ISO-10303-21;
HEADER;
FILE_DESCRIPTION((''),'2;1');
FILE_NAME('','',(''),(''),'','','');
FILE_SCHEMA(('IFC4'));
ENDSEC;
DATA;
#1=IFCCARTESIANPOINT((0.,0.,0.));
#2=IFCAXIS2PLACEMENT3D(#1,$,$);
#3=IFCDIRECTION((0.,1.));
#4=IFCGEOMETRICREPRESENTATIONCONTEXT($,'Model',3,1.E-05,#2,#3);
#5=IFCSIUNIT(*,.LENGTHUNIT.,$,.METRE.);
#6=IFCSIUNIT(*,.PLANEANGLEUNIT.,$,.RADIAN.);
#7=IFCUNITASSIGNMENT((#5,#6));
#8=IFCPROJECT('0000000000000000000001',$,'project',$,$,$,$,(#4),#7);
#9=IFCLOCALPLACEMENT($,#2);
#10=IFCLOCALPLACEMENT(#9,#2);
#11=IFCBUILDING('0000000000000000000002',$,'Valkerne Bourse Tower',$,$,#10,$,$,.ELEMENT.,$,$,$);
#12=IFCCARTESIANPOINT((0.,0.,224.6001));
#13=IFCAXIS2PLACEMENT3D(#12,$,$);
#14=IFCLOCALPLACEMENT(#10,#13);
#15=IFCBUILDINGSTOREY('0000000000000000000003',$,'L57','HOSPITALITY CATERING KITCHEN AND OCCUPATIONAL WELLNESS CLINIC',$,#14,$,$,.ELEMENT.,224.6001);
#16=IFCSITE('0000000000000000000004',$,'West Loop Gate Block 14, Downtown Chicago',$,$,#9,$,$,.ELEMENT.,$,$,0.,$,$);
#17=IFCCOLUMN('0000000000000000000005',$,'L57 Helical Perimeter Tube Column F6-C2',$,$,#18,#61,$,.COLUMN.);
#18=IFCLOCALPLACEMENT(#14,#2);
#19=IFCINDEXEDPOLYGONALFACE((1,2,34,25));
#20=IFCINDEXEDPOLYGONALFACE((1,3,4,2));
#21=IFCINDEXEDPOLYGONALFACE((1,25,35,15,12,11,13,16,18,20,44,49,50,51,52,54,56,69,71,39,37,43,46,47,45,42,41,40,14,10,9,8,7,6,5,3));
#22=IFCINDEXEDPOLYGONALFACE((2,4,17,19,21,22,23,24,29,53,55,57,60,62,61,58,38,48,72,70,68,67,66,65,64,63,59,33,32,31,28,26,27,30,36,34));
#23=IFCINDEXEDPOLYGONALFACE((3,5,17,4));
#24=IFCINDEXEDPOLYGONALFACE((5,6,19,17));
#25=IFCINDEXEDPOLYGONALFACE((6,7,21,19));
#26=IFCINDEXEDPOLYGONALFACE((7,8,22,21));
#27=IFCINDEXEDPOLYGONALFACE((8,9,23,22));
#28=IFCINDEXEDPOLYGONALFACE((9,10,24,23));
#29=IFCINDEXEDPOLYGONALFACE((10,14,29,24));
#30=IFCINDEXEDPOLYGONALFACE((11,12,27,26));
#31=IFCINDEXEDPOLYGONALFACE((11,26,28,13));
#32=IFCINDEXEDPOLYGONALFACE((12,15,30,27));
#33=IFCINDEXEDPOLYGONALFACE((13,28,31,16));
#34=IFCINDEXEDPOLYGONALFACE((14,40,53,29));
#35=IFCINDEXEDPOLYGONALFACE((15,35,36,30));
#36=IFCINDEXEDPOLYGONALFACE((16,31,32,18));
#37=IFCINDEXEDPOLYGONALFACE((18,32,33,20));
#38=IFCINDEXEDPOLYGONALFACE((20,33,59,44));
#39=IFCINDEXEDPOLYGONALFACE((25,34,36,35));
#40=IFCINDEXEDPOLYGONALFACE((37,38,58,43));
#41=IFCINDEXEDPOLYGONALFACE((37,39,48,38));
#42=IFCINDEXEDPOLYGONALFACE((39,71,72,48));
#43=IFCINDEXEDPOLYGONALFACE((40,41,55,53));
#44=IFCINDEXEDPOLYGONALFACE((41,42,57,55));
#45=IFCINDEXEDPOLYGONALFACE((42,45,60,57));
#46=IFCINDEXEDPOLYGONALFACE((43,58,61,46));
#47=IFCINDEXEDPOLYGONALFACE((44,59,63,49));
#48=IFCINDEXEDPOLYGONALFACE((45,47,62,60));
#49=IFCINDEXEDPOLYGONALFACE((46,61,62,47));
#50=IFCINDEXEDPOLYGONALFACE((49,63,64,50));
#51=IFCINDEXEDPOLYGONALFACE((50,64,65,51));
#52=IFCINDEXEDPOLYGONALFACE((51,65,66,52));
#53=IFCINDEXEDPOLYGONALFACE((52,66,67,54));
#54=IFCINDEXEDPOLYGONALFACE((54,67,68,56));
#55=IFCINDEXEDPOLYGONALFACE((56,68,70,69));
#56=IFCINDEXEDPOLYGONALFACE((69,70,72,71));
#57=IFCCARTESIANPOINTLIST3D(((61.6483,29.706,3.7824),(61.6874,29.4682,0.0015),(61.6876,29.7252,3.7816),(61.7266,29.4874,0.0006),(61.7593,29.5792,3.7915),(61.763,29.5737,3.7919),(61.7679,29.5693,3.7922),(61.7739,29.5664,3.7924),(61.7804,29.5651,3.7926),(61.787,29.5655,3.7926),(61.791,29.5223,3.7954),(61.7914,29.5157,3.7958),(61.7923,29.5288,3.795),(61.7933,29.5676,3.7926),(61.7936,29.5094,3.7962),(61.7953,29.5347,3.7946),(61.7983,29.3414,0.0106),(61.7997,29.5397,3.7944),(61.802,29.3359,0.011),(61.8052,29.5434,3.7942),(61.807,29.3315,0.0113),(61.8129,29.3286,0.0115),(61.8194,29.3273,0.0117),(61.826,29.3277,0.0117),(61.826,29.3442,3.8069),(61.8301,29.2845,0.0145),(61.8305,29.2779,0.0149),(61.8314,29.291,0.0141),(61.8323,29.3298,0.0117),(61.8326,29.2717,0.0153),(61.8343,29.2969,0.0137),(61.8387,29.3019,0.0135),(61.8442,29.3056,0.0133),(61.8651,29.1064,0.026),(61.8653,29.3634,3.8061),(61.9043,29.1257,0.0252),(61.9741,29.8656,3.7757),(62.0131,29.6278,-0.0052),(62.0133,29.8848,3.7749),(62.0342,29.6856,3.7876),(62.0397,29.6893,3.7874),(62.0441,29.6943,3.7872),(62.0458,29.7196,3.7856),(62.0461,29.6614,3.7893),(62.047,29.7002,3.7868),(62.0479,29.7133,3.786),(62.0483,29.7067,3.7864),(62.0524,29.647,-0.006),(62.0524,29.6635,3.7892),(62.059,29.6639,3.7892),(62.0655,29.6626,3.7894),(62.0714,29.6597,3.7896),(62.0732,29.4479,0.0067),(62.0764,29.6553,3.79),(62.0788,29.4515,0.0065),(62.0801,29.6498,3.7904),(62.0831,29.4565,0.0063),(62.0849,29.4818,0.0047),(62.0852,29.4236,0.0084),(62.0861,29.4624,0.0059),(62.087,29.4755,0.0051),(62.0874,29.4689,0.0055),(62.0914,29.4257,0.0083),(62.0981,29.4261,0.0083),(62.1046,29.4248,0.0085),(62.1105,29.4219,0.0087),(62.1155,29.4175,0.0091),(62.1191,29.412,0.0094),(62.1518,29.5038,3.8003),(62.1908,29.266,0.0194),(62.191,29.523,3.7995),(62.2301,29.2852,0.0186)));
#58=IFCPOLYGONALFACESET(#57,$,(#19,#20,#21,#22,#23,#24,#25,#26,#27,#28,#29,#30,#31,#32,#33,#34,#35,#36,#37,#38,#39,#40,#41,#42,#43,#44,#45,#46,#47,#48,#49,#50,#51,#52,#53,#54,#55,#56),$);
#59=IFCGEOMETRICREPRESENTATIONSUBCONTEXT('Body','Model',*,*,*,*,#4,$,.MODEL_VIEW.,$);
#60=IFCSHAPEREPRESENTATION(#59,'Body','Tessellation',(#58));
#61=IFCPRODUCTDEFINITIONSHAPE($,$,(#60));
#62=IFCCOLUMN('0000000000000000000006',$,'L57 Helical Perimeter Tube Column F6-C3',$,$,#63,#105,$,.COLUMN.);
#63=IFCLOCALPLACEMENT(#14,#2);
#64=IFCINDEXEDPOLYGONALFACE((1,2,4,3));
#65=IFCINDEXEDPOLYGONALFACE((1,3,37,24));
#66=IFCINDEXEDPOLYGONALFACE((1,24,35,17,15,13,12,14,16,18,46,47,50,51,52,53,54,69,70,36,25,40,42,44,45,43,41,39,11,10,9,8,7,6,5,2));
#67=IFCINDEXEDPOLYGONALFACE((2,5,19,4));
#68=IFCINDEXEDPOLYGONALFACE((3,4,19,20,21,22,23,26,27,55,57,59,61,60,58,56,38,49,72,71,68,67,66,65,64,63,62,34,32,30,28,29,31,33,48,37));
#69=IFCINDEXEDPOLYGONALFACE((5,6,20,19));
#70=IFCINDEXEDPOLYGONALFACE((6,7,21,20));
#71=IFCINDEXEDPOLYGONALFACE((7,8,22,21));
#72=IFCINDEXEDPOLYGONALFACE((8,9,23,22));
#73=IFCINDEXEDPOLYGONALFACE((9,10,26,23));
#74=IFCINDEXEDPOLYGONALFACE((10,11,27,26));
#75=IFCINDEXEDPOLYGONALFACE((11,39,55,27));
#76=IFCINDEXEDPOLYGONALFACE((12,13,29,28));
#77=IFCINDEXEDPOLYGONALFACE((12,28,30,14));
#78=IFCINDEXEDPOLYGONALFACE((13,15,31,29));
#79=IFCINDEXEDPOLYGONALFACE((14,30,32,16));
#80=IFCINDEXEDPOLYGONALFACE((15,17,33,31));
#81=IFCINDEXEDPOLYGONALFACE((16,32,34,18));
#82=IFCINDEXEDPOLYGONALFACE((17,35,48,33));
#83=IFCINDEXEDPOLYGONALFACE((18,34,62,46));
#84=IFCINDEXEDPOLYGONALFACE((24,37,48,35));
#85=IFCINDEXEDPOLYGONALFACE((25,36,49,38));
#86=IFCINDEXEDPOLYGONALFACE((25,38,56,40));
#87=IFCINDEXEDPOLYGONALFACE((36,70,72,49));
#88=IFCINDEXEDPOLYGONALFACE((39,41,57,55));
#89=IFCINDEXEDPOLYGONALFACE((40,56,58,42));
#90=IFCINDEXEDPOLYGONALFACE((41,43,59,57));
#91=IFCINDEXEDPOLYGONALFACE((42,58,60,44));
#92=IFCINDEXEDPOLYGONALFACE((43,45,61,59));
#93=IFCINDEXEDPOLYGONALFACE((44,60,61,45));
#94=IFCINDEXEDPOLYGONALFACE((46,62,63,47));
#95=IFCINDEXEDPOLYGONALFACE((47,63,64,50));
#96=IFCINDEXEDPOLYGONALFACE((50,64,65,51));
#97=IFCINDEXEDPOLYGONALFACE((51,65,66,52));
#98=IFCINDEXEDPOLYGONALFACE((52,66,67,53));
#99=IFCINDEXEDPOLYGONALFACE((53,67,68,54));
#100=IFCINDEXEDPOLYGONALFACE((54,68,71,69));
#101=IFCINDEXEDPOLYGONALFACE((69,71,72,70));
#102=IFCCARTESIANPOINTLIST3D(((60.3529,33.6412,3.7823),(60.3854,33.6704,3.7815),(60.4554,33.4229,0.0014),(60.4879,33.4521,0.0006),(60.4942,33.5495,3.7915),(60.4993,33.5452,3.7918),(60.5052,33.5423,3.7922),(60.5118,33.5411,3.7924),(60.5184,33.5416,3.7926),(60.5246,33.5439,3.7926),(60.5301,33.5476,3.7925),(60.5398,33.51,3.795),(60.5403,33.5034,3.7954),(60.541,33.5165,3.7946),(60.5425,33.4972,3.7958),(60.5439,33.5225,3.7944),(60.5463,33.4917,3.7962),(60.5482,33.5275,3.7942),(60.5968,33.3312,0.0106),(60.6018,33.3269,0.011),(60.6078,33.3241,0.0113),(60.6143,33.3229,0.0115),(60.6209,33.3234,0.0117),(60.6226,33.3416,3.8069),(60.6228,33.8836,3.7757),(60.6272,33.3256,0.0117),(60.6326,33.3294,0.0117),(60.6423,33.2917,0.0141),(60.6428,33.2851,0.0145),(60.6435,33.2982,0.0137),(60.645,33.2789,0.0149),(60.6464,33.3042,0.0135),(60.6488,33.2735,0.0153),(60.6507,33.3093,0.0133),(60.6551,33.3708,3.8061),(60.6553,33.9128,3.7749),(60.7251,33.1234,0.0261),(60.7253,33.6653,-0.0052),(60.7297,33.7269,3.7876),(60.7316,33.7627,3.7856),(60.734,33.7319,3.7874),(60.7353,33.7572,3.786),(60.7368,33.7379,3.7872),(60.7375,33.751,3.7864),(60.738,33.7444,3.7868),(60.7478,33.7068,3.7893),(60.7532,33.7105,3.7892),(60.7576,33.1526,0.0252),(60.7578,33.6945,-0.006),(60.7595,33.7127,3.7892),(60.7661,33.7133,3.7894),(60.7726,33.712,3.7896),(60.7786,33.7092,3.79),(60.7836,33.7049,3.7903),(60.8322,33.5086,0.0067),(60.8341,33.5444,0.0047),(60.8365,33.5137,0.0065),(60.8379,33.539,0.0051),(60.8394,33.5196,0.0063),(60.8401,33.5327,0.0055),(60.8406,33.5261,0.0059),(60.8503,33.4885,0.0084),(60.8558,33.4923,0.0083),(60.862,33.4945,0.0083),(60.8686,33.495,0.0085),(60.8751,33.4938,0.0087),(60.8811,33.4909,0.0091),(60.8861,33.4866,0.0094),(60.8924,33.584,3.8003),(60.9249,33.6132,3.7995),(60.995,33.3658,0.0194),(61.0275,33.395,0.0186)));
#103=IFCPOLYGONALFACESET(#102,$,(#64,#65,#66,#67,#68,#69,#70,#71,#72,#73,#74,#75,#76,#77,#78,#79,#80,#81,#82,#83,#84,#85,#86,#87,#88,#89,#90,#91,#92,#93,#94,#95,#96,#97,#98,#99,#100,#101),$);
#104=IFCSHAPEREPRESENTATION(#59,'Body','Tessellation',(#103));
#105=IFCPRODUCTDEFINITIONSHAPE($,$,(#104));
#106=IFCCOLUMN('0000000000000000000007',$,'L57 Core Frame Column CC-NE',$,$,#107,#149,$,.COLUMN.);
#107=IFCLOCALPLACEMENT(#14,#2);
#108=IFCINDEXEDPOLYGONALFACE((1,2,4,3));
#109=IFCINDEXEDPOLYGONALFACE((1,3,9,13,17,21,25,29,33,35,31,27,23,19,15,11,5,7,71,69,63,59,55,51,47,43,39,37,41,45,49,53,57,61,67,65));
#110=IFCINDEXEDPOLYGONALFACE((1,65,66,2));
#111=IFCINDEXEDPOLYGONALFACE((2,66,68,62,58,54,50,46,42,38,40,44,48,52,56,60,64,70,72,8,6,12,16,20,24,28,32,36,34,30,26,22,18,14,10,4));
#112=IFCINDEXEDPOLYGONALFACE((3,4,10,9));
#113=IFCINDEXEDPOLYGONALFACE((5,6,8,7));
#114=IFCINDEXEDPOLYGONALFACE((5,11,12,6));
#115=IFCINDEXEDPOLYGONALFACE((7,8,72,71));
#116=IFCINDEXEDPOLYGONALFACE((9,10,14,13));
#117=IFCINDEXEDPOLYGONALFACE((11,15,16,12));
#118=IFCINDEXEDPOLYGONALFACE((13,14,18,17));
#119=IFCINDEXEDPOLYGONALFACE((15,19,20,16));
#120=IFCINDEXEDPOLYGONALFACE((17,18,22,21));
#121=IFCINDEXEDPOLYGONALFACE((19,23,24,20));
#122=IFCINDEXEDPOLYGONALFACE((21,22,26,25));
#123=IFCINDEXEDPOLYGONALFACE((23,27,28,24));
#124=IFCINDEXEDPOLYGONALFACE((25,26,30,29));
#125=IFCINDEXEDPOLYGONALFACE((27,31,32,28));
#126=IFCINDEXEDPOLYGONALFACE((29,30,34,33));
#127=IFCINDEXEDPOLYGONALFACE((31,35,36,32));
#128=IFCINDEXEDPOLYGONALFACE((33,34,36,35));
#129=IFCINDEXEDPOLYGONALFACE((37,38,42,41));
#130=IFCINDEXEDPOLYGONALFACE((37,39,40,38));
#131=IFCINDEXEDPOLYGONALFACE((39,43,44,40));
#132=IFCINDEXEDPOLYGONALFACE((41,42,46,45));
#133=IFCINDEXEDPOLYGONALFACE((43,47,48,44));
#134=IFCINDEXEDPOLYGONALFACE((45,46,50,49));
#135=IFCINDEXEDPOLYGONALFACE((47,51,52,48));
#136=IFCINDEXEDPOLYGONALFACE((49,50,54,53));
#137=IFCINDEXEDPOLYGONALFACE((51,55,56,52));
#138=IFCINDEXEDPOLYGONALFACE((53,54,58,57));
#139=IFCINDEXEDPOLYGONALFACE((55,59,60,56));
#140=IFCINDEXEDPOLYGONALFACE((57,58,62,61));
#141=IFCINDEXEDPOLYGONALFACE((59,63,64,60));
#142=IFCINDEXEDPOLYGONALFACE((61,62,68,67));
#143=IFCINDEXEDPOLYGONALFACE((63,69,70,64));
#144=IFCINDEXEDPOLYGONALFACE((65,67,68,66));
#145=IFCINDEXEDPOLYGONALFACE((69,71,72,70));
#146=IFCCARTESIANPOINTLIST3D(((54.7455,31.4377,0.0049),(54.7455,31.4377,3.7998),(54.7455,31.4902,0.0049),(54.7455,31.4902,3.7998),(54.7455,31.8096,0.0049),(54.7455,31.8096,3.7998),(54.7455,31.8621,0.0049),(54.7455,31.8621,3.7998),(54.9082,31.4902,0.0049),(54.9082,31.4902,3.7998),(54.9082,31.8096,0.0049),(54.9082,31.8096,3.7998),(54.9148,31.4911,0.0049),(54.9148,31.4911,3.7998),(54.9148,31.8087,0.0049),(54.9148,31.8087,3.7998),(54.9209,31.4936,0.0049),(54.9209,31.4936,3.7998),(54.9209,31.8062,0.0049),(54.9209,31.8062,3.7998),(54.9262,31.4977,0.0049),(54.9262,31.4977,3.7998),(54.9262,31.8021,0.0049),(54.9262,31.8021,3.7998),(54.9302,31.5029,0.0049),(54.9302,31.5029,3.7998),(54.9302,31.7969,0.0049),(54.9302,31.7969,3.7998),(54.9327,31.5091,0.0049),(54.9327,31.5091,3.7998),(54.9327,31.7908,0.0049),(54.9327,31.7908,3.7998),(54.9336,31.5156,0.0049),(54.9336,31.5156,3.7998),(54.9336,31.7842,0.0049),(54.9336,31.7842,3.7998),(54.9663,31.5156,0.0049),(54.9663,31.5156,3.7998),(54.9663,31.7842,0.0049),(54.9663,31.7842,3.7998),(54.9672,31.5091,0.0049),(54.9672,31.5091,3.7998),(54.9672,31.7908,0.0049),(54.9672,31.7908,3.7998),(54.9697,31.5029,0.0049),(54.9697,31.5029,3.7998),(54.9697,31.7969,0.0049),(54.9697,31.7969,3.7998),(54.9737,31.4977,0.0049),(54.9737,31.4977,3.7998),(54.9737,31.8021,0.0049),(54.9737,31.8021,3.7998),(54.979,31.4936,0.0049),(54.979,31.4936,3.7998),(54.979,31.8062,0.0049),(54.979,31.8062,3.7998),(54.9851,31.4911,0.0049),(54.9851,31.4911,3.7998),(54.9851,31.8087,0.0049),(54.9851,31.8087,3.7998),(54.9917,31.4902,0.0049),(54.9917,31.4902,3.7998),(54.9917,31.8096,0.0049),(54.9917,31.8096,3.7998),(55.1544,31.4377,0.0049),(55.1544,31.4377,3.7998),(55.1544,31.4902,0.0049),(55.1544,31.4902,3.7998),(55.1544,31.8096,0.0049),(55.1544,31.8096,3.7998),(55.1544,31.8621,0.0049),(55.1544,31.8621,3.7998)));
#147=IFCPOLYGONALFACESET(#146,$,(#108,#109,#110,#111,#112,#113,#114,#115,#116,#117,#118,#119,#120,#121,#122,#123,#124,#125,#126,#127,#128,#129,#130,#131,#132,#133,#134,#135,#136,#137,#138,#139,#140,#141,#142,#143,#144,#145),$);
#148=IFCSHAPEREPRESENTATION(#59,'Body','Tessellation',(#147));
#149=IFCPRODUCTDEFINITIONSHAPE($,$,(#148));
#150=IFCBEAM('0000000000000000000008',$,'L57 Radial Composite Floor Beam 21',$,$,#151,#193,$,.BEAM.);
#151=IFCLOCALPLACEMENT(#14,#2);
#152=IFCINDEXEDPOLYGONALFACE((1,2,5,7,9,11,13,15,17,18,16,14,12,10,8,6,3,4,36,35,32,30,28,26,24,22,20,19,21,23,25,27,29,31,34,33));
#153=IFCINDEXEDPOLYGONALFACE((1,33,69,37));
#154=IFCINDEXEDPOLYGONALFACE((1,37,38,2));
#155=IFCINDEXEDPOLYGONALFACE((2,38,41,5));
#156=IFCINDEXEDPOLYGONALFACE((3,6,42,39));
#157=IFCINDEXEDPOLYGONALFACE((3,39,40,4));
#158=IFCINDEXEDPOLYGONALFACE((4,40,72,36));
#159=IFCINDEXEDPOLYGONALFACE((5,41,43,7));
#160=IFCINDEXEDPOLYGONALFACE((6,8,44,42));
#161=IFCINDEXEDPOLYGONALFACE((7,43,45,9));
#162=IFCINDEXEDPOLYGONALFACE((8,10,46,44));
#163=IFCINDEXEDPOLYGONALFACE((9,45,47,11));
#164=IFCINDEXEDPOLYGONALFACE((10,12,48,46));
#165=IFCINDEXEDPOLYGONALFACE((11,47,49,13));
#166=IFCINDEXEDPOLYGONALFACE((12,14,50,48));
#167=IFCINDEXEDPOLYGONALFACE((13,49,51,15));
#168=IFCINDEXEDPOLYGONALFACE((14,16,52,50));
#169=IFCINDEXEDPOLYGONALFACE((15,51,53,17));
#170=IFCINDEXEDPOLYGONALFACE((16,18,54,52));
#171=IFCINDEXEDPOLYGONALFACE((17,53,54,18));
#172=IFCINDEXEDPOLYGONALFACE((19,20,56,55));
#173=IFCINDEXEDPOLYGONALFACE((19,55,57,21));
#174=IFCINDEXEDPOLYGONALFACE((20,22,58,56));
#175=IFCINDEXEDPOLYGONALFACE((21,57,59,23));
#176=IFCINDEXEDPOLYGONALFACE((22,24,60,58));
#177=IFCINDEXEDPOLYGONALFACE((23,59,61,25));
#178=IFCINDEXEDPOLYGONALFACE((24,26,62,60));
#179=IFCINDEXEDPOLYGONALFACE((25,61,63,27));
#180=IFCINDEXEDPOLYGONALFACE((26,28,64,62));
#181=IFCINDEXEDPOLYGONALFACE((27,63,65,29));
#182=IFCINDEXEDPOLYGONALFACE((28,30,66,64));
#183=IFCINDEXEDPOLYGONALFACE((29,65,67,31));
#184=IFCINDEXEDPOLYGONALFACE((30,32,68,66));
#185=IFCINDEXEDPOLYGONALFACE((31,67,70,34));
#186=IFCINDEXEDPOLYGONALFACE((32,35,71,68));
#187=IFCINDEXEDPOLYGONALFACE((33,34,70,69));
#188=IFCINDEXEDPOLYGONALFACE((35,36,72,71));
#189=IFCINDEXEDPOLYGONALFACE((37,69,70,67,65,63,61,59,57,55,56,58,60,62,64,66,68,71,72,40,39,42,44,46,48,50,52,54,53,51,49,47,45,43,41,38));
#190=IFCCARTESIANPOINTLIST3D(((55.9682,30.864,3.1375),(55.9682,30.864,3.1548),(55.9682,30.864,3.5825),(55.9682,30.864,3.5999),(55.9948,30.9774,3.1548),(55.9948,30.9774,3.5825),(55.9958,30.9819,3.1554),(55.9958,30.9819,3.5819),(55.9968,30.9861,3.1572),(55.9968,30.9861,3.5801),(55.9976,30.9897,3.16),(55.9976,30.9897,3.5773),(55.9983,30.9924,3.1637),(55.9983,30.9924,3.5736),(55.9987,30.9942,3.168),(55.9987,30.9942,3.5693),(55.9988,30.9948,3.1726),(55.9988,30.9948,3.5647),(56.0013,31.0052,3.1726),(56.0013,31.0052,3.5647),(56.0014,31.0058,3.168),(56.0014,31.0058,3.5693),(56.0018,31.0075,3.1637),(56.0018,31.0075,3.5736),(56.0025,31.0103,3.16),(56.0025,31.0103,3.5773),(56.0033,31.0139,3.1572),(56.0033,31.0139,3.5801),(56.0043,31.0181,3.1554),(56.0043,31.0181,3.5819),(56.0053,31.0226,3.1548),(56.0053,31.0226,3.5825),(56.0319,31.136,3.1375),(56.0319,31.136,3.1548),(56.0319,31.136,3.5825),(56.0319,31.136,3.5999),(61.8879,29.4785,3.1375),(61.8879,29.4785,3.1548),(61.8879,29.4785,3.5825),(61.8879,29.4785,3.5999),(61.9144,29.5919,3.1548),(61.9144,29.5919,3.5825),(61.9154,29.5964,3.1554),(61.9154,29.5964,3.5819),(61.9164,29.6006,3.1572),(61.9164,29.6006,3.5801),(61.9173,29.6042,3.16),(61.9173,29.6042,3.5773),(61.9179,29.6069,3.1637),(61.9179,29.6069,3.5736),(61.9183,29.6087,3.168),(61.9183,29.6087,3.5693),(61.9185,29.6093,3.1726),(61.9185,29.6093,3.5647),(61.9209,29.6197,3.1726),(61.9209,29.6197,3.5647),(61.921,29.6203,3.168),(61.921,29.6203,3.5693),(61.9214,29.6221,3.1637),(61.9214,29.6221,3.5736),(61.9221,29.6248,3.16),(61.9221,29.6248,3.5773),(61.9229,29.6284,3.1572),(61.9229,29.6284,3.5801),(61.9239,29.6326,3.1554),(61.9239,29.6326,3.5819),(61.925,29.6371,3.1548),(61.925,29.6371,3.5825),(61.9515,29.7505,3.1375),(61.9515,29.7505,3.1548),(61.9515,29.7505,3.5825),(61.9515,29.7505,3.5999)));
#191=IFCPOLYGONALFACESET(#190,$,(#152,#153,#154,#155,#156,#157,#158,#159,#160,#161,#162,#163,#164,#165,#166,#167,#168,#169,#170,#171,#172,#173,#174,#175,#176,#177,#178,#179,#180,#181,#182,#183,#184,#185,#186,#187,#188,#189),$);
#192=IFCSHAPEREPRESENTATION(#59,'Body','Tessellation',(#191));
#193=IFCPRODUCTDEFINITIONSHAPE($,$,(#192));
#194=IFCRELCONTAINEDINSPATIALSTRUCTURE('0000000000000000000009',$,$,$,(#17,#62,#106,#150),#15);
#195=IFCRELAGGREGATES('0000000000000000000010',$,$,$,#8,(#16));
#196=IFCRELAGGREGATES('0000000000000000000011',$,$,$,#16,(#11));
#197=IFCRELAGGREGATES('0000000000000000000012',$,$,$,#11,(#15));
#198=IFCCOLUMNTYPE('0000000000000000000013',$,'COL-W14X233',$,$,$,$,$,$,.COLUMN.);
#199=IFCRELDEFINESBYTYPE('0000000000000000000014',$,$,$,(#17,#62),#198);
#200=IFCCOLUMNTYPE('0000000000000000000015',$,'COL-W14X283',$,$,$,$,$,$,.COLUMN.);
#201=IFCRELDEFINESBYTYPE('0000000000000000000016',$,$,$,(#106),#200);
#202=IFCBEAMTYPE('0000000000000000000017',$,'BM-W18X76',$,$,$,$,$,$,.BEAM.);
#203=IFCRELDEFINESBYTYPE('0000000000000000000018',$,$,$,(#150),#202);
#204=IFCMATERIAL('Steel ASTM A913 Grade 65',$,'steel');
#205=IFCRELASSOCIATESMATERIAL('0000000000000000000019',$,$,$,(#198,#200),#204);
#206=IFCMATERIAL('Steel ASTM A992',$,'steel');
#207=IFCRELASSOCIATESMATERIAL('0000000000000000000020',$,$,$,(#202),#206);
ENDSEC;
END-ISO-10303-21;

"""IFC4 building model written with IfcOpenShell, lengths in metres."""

from ifc_helpers import new_model, si_unit, direction, frame, origin, origin_2d, place, context, subcontext, project, spatial, i_section, extrude, material, material_profile, profile_set, type_object, element, save


model = new_model("IFC4")

# Units and contexts
model_context = context("Model", 3, precision=1e-05, world=origin(), true_north=direction((0.0, 1.0)))
body_context = subcontext(model_context, "Body", "Model", "MODEL_VIEW")
ifc_project = project(units=[si_unit("LENGTHUNIT", "METRE"), si_unit("PLANEANGLEUNIT", "RADIAN")], contexts=[model_context])

# Site, building, storey
site_placement = place(None, origin())
site = spatial("IfcSite", under=ifc_project, at=site_placement, Name="West Loop Gate Block 14, Downtown Chicago", CompositionType="ELEMENT", RefElevation=0.0)
building_placement = place(site_placement, origin())
building = spatial("IfcBuilding", under=site, at=building_placement, Name="Valkerne Bourse Tower", CompositionType="ELEMENT")
storey_placement = place(building_placement, frame((0.0, 0.0, 224.6001)))
storey = spatial("IfcBuildingStorey", under=building, at=storey_placement, Name="L57", Description="HOSPITALITY CATERING KITCHEN AND OCCUPATIONAL WELLNESS CLINIC", CompositionType="ELEMENT", Elevation=224.6001)

# Columns
ifc_material_1 = material(Name="Steel ASTM A913 Grade 65", Category="steel")
ifc_material_profile_1 = material_profile(ifc_material_1, i_section(OverallWidth=0.4038, OverallDepth=0.4065, WebThickness=0.0271, FlangeThickness=0.0437, FilletRadius=0.0254, at=origin_2d()), Name="W14X233")
ifc_profile_set_1 = profile_set([ifc_material_profile_1], Name="Steel ASTM A913 Grade 65")
column_type_1 = type_object("IfcColumnType", Name="COL-W14X233", PredefinedType="COLUMN", material=ifc_profile_set_1)
for number, where, z_axis, x_axis, name in (
    (1, (61.9587, 29.3767, 0.01), (-0.01031, 0.062764, 0.997975), (0.440075, -0.895894, 0.060891), "L57 Helical Perimeter Tube Column F6-C2"),
    (2, (60.7415, 33.4089, 0.01), (-0.027065, 0.057609, 0.997972), (0.667839, -0.741807, 0.060933), "L57 Helical Perimeter Tube Column F6-C3"),
):
    element("IfcColumn", number, at=place(storey_placement, frame(where, z_axis=z_axis, x_axis=x_axis)), inside=storey, type_object=column_type_1, Name=name, PredefinedType="COLUMN", context=body_context, shape_type="SweptSolid", body=[
        extrude(i_section(OverallWidth=0.4038, OverallDepth=0.4065, WebThickness=0.0271, FlangeThickness=0.0437, FilletRadius=0.0254, at=origin_2d()), origin(), (0.0, 0.0, 1.0), 3.7886),
    ])
ifc_material_profile_2 = material_profile(ifc_material_1, i_section(OverallWidth=0.4089, OverallDepth=0.4243, WebThickness=0.0327, FlangeThickness=0.0525, FilletRadius=0.0254, at=origin_2d()), Name="W14X283")
ifc_profile_set_2 = profile_set([ifc_material_profile_2], Name="Steel ASTM A913 Grade 65")
column_type_2 = type_object("IfcColumnType", Name="COL-W14X283", PredefinedType="COLUMN", material=ifc_profile_set_2)
column_placement = place(storey_placement, frame((54.95, 31.6499, 0.0049), z_axis=(0.0, 0.0, 1.0), x_axis=(1.0, 0.0, 0.0)))
element("IfcColumn", 3, at=column_placement, inside=storey, type_object=column_type_2, Name="L57 Core Frame Column CC-NE", PredefinedType="COLUMN", context=body_context, shape_type="SweptSolid", body=[
    extrude(i_section(OverallWidth=0.4089, OverallDepth=0.4243, WebThickness=0.0327, FlangeThickness=0.0525, FilletRadius=0.0254, at=origin_2d()), origin(), (0.0, 0.0, 1.0), 3.7949),
])

# Beam
ifc_material_2 = material(Name="Steel ASTM A992", Category="steel")
ifc_material_profile_3 = material_profile(ifc_material_2, i_section(OverallWidth=0.2793, OverallDepth=0.4624, WebThickness=0.0107, FlangeThickness=0.0173, FilletRadius=0.0178, at=origin_2d()), Name="W18X76")
ifc_profile_set_3 = profile_set([ifc_material_profile_3], Name="Steel ASTM A992")
beam_type_1 = type_object("IfcBeamType", Name="BM-W18X76", PredefinedType="BEAM", material=ifc_profile_set_3)
beam_1_placement = place(storey_placement, frame((61.9197, 29.6145, 3.3687), z_axis=(-0.973687, 0.227891, 0.0), x_axis=(-0.227891, -0.973687, 0.0)))
element("IfcBeam", 4, at=beam_1_placement, inside=storey, type_object=beam_type_1, Name="L57 Radial Composite Floor Beam 21", PredefinedType="BEAM", context=body_context, shape_type="SweptSolid", body=[
    extrude(i_section(OverallWidth=0.2793, OverallDepth=0.4624, WebThickness=0.0107, FlangeThickness=0.0173, FilletRadius=0.0178, at=origin_2d()), origin(), (0.0, 0.0, 1.0), 6.0796),
])

save(model, "model.ifc")
